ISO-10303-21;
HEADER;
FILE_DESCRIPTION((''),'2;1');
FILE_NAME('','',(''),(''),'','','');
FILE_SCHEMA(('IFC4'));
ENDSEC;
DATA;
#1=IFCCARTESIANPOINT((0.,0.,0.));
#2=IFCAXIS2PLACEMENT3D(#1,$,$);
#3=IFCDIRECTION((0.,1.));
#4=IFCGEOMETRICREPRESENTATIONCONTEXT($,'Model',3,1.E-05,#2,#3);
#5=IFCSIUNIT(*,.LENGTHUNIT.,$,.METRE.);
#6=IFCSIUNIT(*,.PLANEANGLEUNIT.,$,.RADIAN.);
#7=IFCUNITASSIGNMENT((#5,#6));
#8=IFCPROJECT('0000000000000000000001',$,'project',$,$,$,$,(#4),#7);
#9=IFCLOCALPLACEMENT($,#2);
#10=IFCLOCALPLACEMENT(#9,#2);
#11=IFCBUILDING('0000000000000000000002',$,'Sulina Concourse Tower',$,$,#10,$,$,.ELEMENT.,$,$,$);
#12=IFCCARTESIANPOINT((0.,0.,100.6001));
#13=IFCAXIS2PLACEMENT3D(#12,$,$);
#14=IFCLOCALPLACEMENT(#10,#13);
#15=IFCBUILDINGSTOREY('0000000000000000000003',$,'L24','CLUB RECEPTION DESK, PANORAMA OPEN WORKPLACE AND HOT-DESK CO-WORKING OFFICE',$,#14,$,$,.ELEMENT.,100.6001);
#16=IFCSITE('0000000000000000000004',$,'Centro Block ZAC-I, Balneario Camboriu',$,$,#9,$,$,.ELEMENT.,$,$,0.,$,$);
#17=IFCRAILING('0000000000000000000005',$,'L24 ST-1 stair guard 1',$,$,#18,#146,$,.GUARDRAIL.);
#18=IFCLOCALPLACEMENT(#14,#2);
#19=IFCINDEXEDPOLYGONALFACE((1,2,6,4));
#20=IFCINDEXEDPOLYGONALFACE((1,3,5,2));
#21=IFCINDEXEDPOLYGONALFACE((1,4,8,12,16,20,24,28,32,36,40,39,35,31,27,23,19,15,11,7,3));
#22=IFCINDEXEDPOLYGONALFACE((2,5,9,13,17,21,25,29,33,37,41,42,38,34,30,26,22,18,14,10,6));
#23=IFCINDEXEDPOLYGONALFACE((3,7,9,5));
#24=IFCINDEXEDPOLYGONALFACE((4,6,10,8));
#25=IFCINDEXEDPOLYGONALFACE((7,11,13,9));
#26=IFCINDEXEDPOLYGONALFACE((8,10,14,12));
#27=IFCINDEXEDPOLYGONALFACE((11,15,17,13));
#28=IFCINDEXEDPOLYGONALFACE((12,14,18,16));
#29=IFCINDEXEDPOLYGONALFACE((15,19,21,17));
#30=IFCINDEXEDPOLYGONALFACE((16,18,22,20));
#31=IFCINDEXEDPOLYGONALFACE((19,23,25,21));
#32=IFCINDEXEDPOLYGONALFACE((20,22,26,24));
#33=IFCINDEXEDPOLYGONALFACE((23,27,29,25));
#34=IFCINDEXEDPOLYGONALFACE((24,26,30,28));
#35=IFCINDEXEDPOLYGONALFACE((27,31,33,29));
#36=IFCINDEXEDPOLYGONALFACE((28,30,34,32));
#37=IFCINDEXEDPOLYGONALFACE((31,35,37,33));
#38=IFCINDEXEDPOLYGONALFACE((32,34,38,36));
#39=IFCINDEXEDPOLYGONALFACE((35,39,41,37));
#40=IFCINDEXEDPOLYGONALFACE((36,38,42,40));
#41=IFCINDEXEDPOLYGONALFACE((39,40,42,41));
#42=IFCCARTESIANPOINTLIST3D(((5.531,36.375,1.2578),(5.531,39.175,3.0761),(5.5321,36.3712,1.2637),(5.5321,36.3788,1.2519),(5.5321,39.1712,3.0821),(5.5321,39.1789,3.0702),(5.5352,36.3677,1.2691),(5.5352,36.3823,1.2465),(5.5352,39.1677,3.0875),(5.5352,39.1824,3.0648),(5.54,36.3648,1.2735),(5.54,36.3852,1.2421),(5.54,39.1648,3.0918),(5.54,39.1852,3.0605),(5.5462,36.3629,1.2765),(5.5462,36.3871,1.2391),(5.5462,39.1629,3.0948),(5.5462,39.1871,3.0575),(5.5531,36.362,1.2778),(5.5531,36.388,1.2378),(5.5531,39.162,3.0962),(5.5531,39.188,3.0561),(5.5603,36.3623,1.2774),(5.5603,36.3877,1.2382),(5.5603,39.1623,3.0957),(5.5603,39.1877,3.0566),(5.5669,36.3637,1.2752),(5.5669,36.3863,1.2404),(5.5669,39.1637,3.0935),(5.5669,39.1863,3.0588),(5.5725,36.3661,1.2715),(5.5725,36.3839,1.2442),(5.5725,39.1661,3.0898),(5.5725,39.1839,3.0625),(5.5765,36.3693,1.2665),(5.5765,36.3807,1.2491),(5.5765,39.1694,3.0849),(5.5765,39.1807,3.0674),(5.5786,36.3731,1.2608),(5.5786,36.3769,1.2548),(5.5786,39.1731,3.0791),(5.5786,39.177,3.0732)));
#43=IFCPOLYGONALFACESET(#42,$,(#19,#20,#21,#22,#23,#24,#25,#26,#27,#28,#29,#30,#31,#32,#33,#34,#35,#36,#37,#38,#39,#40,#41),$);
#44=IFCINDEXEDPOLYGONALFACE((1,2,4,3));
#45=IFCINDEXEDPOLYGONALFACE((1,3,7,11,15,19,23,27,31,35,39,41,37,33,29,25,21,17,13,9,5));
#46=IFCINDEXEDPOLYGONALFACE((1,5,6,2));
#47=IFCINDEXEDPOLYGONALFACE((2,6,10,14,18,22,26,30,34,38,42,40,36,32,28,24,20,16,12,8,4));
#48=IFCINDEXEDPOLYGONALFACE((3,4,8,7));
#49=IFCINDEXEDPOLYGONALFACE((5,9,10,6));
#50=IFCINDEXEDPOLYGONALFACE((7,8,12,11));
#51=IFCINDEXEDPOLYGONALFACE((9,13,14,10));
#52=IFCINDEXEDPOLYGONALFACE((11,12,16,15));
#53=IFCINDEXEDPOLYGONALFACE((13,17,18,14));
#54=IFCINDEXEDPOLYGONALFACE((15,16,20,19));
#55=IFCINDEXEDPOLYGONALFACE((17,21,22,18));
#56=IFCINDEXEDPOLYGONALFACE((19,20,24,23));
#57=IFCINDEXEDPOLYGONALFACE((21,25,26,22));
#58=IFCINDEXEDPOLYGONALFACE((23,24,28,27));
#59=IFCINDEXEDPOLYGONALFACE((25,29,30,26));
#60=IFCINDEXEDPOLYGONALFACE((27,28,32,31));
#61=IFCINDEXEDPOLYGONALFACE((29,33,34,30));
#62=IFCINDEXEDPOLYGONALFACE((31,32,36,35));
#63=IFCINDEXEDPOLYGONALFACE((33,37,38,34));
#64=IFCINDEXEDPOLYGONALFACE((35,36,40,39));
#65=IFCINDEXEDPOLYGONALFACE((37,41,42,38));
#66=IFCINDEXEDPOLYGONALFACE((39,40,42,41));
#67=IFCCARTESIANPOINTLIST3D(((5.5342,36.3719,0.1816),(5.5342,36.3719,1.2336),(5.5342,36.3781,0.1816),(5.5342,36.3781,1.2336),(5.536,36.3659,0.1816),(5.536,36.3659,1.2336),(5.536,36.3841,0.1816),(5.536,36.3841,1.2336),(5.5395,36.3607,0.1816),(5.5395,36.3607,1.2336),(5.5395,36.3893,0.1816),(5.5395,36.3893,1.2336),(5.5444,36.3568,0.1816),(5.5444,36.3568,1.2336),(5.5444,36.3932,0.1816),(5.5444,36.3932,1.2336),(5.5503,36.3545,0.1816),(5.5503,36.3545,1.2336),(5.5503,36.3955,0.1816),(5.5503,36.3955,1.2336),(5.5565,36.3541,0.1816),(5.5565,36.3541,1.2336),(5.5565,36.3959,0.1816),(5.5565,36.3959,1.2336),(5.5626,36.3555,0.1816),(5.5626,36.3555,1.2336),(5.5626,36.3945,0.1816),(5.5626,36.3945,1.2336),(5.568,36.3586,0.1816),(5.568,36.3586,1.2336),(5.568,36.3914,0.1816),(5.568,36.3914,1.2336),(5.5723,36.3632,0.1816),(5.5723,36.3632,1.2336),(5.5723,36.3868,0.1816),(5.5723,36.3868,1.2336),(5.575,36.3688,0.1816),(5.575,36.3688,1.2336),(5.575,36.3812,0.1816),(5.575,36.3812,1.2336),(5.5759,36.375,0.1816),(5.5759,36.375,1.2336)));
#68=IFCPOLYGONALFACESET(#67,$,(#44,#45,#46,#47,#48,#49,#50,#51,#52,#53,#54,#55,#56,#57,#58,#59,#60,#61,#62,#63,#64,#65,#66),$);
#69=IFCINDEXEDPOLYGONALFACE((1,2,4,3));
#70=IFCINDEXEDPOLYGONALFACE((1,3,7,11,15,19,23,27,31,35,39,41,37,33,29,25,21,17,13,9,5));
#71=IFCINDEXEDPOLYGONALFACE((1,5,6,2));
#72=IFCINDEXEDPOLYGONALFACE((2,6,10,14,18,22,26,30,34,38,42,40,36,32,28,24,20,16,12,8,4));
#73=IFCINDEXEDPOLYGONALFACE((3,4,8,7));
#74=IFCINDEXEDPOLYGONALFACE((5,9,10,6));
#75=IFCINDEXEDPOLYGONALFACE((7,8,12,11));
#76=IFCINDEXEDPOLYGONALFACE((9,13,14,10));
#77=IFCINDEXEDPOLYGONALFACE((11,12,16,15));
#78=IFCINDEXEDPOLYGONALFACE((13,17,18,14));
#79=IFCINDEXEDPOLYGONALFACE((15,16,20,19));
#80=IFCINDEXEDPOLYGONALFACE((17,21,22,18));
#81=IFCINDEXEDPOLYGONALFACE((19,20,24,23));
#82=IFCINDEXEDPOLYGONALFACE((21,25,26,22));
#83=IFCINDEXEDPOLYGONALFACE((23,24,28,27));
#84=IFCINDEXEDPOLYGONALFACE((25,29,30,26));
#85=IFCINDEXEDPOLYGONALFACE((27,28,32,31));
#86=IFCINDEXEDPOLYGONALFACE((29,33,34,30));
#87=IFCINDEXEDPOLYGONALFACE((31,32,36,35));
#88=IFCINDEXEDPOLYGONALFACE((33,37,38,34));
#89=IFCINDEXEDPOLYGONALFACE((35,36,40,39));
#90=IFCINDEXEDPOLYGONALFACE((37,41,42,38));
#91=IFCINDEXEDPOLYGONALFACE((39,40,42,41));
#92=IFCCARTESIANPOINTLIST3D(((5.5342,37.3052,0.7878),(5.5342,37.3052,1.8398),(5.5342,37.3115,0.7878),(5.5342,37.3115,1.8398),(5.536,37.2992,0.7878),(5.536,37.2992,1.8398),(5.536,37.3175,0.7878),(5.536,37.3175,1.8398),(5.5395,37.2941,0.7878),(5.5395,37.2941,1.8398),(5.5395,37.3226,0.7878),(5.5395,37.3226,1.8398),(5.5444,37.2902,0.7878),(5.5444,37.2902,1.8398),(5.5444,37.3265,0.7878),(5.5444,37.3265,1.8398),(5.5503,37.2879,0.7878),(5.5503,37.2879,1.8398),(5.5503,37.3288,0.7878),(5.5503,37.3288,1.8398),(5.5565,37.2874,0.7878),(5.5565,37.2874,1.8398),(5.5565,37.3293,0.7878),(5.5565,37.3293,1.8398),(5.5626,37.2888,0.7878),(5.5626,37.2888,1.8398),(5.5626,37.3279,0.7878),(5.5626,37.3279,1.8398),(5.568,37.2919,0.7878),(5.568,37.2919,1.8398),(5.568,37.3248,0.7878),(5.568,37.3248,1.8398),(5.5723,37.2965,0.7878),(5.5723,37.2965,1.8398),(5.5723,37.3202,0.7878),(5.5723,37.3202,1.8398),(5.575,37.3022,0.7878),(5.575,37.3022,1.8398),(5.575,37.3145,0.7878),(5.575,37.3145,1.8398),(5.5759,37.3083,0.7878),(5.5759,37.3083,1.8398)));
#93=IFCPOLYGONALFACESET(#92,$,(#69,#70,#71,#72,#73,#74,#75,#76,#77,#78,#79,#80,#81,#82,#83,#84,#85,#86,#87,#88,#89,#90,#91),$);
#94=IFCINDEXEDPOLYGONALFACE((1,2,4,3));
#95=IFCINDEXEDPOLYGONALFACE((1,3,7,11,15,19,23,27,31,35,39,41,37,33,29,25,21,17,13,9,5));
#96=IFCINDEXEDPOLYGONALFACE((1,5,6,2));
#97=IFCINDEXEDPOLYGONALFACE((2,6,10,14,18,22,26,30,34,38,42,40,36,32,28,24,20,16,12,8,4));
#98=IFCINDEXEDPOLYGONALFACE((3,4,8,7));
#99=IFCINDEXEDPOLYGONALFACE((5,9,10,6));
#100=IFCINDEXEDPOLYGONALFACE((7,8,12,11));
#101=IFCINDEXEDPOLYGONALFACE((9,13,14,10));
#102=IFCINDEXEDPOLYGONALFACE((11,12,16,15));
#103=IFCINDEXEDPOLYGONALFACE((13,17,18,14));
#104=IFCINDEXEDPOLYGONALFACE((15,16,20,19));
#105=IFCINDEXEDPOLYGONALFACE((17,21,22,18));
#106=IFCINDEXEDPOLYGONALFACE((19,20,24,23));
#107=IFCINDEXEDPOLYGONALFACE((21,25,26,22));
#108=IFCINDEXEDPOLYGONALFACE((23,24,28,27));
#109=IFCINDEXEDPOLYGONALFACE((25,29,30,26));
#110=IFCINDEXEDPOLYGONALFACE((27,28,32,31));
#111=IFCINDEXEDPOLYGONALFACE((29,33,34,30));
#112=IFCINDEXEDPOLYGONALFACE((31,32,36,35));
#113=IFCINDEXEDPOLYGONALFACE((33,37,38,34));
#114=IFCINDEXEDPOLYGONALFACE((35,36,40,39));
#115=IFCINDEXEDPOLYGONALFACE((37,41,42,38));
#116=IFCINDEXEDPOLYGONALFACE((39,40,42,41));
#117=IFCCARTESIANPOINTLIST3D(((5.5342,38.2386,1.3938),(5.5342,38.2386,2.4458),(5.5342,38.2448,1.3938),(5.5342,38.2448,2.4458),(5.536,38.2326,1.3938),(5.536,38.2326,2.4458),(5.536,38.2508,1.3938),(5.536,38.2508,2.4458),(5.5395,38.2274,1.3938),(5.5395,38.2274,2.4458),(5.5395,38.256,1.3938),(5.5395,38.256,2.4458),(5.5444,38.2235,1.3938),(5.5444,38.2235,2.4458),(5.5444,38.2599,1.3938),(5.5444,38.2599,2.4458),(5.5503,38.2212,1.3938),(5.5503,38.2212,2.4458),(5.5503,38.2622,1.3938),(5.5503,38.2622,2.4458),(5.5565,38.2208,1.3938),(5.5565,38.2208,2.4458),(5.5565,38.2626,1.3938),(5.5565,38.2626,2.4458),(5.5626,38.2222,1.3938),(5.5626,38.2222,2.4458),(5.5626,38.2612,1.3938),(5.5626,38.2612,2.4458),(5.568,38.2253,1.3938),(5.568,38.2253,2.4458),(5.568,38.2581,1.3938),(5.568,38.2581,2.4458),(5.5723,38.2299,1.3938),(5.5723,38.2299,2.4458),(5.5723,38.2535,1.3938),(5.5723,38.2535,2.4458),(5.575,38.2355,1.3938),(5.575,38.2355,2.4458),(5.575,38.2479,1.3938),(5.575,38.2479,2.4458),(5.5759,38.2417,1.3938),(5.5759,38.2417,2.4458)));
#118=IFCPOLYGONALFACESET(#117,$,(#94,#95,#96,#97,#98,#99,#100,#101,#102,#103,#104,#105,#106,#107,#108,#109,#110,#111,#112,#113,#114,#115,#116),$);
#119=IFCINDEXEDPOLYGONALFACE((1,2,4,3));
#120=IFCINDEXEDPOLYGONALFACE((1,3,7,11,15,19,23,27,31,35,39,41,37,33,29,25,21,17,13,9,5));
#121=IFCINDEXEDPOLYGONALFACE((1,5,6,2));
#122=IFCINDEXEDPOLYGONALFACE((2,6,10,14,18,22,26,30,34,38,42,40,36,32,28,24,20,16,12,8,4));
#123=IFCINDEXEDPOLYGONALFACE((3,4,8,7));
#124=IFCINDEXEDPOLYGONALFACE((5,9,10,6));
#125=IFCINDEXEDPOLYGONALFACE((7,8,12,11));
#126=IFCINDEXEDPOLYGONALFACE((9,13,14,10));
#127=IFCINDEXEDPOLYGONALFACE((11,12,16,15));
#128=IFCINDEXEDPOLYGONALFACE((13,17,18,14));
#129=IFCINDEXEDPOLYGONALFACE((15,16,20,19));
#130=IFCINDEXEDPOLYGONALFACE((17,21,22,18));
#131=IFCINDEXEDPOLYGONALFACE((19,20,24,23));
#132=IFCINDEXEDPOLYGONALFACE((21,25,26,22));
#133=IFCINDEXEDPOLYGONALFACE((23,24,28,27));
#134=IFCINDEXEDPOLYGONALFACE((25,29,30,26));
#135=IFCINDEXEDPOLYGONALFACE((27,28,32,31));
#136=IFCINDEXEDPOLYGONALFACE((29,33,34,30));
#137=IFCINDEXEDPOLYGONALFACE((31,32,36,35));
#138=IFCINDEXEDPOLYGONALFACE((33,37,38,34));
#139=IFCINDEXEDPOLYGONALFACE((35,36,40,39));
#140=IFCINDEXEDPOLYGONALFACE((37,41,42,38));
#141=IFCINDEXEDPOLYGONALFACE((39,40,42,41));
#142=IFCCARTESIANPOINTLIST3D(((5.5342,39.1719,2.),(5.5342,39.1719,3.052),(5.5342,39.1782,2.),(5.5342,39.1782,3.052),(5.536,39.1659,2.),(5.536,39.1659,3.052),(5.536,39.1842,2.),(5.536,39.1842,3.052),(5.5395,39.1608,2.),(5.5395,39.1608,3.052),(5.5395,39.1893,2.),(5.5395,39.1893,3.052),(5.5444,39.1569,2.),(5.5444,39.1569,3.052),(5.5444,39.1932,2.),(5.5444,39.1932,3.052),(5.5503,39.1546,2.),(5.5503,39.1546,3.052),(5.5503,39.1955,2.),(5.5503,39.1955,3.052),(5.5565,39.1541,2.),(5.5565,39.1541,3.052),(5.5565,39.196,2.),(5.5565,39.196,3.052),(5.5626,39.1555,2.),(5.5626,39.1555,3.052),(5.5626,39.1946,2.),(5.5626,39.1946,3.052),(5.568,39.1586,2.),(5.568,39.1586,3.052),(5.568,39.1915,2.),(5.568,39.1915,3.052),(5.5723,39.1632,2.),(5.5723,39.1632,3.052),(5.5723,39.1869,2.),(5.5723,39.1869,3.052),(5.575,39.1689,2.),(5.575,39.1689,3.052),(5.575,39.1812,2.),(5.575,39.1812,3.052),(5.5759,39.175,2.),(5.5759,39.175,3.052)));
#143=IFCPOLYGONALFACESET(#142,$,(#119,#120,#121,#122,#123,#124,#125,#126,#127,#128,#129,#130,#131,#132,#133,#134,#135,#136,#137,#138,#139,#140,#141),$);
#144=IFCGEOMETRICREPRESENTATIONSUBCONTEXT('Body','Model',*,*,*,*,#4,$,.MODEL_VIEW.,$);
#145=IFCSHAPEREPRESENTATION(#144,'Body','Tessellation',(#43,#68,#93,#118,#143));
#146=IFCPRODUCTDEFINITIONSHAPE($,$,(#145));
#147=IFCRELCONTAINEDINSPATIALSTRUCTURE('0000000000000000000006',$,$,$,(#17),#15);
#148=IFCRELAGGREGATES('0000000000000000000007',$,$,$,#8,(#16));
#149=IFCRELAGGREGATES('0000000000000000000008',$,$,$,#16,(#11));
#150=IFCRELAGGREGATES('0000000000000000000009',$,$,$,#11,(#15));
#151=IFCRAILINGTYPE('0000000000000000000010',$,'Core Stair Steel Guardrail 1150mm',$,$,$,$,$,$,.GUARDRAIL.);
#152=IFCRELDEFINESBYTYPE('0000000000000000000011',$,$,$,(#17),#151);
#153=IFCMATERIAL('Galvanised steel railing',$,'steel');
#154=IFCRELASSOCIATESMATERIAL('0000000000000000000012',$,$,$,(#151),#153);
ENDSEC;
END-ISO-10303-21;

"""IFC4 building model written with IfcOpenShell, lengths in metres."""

from ifc_helpers import new_model, si_unit, direction, frame, origin, origin_2d, place, context, subcontext, project, spatial, circle, extrude, material, type_object, element, save


model = new_model("IFC4")

# Units and contexts
model_context = context("Model", 3, precision=1e-05, world=origin(), true_north=direction((0.0, 1.0)))
body_context = subcontext(model_context, "Body", "Model", "MODEL_VIEW")
ifc_project = project(units=[si_unit("LENGTHUNIT", "METRE"), si_unit("PLANEANGLEUNIT", "RADIAN")], contexts=[model_context])

# Site, building, storey
site_placement = place(None, origin())
site = spatial("IfcSite", under=ifc_project, at=site_placement, Name="Centro Block ZAC-I, Balneario Camboriu", CompositionType="ELEMENT", RefElevation=0.0)
building_placement = place(site_placement, origin())
building = spatial("IfcBuilding", under=site, at=building_placement, Name="Sulina Concourse Tower", CompositionType="ELEMENT")
storey_placement = place(building_placement, frame((0.0, 0.0, 100.6001)))
storey = spatial("IfcBuildingStorey", under=building, at=storey_placement, Name="L24", Description="CLUB RECEPTION DESK, PANORAMA OPEN WORKPLACE AND HOT-DESK CO-WORKING OFFICE", CompositionType="ELEMENT", Elevation=100.6001)

# Railing
ifc_material_1 = material(Name="Galvanised steel railing", Category="steel")
railing_type_1 = type_object("IfcRailingType", Name="Core Stair Steel Guardrail 1150mm", PredefinedType="GUARDRAIL", material=ifc_material_1)
railing_1_placement = place(storey_placement, frame((5.5549, 36.375, 0.1816)))
element("IfcRailing", 1, at=railing_1_placement, inside=storey, type_object=railing_type_1, Name="L24 ST-1 stair guard 1", PredefinedType="GUARDRAIL", context=body_context, shape_type="SweptSolid", body=[
    extrude(circle(Radius=0.0239, at=origin_2d()), frame((0.0, 0.0, 1.0762), z_axis=(0.0, 0.838672, 0.544636), x_axis=(-1.0, 0.0, 0.0)), (0.0, 0.0, 1.0), 3.3386),
    extrude(circle(Radius=0.021, at=origin_2d()), origin(), (0.0, 0.0, 1.0), 1.052),
    extrude(circle(Radius=0.021, at=origin_2d()), frame((0.0, 0.9333, 0.6062)), (0.0, 0.0, 1.0), 1.052),
    extrude(circle(Radius=0.021, at=origin_2d()), frame((0.0, 1.8667, 1.2122)), (0.0, 0.0, 1.0), 1.052),
    extrude(circle(Radius=0.021, at=origin_2d()), frame((0.0, 2.8, 1.8184)), (0.0, 0.0, 1.0), 1.052),
])

save(model, "model.ifc")
